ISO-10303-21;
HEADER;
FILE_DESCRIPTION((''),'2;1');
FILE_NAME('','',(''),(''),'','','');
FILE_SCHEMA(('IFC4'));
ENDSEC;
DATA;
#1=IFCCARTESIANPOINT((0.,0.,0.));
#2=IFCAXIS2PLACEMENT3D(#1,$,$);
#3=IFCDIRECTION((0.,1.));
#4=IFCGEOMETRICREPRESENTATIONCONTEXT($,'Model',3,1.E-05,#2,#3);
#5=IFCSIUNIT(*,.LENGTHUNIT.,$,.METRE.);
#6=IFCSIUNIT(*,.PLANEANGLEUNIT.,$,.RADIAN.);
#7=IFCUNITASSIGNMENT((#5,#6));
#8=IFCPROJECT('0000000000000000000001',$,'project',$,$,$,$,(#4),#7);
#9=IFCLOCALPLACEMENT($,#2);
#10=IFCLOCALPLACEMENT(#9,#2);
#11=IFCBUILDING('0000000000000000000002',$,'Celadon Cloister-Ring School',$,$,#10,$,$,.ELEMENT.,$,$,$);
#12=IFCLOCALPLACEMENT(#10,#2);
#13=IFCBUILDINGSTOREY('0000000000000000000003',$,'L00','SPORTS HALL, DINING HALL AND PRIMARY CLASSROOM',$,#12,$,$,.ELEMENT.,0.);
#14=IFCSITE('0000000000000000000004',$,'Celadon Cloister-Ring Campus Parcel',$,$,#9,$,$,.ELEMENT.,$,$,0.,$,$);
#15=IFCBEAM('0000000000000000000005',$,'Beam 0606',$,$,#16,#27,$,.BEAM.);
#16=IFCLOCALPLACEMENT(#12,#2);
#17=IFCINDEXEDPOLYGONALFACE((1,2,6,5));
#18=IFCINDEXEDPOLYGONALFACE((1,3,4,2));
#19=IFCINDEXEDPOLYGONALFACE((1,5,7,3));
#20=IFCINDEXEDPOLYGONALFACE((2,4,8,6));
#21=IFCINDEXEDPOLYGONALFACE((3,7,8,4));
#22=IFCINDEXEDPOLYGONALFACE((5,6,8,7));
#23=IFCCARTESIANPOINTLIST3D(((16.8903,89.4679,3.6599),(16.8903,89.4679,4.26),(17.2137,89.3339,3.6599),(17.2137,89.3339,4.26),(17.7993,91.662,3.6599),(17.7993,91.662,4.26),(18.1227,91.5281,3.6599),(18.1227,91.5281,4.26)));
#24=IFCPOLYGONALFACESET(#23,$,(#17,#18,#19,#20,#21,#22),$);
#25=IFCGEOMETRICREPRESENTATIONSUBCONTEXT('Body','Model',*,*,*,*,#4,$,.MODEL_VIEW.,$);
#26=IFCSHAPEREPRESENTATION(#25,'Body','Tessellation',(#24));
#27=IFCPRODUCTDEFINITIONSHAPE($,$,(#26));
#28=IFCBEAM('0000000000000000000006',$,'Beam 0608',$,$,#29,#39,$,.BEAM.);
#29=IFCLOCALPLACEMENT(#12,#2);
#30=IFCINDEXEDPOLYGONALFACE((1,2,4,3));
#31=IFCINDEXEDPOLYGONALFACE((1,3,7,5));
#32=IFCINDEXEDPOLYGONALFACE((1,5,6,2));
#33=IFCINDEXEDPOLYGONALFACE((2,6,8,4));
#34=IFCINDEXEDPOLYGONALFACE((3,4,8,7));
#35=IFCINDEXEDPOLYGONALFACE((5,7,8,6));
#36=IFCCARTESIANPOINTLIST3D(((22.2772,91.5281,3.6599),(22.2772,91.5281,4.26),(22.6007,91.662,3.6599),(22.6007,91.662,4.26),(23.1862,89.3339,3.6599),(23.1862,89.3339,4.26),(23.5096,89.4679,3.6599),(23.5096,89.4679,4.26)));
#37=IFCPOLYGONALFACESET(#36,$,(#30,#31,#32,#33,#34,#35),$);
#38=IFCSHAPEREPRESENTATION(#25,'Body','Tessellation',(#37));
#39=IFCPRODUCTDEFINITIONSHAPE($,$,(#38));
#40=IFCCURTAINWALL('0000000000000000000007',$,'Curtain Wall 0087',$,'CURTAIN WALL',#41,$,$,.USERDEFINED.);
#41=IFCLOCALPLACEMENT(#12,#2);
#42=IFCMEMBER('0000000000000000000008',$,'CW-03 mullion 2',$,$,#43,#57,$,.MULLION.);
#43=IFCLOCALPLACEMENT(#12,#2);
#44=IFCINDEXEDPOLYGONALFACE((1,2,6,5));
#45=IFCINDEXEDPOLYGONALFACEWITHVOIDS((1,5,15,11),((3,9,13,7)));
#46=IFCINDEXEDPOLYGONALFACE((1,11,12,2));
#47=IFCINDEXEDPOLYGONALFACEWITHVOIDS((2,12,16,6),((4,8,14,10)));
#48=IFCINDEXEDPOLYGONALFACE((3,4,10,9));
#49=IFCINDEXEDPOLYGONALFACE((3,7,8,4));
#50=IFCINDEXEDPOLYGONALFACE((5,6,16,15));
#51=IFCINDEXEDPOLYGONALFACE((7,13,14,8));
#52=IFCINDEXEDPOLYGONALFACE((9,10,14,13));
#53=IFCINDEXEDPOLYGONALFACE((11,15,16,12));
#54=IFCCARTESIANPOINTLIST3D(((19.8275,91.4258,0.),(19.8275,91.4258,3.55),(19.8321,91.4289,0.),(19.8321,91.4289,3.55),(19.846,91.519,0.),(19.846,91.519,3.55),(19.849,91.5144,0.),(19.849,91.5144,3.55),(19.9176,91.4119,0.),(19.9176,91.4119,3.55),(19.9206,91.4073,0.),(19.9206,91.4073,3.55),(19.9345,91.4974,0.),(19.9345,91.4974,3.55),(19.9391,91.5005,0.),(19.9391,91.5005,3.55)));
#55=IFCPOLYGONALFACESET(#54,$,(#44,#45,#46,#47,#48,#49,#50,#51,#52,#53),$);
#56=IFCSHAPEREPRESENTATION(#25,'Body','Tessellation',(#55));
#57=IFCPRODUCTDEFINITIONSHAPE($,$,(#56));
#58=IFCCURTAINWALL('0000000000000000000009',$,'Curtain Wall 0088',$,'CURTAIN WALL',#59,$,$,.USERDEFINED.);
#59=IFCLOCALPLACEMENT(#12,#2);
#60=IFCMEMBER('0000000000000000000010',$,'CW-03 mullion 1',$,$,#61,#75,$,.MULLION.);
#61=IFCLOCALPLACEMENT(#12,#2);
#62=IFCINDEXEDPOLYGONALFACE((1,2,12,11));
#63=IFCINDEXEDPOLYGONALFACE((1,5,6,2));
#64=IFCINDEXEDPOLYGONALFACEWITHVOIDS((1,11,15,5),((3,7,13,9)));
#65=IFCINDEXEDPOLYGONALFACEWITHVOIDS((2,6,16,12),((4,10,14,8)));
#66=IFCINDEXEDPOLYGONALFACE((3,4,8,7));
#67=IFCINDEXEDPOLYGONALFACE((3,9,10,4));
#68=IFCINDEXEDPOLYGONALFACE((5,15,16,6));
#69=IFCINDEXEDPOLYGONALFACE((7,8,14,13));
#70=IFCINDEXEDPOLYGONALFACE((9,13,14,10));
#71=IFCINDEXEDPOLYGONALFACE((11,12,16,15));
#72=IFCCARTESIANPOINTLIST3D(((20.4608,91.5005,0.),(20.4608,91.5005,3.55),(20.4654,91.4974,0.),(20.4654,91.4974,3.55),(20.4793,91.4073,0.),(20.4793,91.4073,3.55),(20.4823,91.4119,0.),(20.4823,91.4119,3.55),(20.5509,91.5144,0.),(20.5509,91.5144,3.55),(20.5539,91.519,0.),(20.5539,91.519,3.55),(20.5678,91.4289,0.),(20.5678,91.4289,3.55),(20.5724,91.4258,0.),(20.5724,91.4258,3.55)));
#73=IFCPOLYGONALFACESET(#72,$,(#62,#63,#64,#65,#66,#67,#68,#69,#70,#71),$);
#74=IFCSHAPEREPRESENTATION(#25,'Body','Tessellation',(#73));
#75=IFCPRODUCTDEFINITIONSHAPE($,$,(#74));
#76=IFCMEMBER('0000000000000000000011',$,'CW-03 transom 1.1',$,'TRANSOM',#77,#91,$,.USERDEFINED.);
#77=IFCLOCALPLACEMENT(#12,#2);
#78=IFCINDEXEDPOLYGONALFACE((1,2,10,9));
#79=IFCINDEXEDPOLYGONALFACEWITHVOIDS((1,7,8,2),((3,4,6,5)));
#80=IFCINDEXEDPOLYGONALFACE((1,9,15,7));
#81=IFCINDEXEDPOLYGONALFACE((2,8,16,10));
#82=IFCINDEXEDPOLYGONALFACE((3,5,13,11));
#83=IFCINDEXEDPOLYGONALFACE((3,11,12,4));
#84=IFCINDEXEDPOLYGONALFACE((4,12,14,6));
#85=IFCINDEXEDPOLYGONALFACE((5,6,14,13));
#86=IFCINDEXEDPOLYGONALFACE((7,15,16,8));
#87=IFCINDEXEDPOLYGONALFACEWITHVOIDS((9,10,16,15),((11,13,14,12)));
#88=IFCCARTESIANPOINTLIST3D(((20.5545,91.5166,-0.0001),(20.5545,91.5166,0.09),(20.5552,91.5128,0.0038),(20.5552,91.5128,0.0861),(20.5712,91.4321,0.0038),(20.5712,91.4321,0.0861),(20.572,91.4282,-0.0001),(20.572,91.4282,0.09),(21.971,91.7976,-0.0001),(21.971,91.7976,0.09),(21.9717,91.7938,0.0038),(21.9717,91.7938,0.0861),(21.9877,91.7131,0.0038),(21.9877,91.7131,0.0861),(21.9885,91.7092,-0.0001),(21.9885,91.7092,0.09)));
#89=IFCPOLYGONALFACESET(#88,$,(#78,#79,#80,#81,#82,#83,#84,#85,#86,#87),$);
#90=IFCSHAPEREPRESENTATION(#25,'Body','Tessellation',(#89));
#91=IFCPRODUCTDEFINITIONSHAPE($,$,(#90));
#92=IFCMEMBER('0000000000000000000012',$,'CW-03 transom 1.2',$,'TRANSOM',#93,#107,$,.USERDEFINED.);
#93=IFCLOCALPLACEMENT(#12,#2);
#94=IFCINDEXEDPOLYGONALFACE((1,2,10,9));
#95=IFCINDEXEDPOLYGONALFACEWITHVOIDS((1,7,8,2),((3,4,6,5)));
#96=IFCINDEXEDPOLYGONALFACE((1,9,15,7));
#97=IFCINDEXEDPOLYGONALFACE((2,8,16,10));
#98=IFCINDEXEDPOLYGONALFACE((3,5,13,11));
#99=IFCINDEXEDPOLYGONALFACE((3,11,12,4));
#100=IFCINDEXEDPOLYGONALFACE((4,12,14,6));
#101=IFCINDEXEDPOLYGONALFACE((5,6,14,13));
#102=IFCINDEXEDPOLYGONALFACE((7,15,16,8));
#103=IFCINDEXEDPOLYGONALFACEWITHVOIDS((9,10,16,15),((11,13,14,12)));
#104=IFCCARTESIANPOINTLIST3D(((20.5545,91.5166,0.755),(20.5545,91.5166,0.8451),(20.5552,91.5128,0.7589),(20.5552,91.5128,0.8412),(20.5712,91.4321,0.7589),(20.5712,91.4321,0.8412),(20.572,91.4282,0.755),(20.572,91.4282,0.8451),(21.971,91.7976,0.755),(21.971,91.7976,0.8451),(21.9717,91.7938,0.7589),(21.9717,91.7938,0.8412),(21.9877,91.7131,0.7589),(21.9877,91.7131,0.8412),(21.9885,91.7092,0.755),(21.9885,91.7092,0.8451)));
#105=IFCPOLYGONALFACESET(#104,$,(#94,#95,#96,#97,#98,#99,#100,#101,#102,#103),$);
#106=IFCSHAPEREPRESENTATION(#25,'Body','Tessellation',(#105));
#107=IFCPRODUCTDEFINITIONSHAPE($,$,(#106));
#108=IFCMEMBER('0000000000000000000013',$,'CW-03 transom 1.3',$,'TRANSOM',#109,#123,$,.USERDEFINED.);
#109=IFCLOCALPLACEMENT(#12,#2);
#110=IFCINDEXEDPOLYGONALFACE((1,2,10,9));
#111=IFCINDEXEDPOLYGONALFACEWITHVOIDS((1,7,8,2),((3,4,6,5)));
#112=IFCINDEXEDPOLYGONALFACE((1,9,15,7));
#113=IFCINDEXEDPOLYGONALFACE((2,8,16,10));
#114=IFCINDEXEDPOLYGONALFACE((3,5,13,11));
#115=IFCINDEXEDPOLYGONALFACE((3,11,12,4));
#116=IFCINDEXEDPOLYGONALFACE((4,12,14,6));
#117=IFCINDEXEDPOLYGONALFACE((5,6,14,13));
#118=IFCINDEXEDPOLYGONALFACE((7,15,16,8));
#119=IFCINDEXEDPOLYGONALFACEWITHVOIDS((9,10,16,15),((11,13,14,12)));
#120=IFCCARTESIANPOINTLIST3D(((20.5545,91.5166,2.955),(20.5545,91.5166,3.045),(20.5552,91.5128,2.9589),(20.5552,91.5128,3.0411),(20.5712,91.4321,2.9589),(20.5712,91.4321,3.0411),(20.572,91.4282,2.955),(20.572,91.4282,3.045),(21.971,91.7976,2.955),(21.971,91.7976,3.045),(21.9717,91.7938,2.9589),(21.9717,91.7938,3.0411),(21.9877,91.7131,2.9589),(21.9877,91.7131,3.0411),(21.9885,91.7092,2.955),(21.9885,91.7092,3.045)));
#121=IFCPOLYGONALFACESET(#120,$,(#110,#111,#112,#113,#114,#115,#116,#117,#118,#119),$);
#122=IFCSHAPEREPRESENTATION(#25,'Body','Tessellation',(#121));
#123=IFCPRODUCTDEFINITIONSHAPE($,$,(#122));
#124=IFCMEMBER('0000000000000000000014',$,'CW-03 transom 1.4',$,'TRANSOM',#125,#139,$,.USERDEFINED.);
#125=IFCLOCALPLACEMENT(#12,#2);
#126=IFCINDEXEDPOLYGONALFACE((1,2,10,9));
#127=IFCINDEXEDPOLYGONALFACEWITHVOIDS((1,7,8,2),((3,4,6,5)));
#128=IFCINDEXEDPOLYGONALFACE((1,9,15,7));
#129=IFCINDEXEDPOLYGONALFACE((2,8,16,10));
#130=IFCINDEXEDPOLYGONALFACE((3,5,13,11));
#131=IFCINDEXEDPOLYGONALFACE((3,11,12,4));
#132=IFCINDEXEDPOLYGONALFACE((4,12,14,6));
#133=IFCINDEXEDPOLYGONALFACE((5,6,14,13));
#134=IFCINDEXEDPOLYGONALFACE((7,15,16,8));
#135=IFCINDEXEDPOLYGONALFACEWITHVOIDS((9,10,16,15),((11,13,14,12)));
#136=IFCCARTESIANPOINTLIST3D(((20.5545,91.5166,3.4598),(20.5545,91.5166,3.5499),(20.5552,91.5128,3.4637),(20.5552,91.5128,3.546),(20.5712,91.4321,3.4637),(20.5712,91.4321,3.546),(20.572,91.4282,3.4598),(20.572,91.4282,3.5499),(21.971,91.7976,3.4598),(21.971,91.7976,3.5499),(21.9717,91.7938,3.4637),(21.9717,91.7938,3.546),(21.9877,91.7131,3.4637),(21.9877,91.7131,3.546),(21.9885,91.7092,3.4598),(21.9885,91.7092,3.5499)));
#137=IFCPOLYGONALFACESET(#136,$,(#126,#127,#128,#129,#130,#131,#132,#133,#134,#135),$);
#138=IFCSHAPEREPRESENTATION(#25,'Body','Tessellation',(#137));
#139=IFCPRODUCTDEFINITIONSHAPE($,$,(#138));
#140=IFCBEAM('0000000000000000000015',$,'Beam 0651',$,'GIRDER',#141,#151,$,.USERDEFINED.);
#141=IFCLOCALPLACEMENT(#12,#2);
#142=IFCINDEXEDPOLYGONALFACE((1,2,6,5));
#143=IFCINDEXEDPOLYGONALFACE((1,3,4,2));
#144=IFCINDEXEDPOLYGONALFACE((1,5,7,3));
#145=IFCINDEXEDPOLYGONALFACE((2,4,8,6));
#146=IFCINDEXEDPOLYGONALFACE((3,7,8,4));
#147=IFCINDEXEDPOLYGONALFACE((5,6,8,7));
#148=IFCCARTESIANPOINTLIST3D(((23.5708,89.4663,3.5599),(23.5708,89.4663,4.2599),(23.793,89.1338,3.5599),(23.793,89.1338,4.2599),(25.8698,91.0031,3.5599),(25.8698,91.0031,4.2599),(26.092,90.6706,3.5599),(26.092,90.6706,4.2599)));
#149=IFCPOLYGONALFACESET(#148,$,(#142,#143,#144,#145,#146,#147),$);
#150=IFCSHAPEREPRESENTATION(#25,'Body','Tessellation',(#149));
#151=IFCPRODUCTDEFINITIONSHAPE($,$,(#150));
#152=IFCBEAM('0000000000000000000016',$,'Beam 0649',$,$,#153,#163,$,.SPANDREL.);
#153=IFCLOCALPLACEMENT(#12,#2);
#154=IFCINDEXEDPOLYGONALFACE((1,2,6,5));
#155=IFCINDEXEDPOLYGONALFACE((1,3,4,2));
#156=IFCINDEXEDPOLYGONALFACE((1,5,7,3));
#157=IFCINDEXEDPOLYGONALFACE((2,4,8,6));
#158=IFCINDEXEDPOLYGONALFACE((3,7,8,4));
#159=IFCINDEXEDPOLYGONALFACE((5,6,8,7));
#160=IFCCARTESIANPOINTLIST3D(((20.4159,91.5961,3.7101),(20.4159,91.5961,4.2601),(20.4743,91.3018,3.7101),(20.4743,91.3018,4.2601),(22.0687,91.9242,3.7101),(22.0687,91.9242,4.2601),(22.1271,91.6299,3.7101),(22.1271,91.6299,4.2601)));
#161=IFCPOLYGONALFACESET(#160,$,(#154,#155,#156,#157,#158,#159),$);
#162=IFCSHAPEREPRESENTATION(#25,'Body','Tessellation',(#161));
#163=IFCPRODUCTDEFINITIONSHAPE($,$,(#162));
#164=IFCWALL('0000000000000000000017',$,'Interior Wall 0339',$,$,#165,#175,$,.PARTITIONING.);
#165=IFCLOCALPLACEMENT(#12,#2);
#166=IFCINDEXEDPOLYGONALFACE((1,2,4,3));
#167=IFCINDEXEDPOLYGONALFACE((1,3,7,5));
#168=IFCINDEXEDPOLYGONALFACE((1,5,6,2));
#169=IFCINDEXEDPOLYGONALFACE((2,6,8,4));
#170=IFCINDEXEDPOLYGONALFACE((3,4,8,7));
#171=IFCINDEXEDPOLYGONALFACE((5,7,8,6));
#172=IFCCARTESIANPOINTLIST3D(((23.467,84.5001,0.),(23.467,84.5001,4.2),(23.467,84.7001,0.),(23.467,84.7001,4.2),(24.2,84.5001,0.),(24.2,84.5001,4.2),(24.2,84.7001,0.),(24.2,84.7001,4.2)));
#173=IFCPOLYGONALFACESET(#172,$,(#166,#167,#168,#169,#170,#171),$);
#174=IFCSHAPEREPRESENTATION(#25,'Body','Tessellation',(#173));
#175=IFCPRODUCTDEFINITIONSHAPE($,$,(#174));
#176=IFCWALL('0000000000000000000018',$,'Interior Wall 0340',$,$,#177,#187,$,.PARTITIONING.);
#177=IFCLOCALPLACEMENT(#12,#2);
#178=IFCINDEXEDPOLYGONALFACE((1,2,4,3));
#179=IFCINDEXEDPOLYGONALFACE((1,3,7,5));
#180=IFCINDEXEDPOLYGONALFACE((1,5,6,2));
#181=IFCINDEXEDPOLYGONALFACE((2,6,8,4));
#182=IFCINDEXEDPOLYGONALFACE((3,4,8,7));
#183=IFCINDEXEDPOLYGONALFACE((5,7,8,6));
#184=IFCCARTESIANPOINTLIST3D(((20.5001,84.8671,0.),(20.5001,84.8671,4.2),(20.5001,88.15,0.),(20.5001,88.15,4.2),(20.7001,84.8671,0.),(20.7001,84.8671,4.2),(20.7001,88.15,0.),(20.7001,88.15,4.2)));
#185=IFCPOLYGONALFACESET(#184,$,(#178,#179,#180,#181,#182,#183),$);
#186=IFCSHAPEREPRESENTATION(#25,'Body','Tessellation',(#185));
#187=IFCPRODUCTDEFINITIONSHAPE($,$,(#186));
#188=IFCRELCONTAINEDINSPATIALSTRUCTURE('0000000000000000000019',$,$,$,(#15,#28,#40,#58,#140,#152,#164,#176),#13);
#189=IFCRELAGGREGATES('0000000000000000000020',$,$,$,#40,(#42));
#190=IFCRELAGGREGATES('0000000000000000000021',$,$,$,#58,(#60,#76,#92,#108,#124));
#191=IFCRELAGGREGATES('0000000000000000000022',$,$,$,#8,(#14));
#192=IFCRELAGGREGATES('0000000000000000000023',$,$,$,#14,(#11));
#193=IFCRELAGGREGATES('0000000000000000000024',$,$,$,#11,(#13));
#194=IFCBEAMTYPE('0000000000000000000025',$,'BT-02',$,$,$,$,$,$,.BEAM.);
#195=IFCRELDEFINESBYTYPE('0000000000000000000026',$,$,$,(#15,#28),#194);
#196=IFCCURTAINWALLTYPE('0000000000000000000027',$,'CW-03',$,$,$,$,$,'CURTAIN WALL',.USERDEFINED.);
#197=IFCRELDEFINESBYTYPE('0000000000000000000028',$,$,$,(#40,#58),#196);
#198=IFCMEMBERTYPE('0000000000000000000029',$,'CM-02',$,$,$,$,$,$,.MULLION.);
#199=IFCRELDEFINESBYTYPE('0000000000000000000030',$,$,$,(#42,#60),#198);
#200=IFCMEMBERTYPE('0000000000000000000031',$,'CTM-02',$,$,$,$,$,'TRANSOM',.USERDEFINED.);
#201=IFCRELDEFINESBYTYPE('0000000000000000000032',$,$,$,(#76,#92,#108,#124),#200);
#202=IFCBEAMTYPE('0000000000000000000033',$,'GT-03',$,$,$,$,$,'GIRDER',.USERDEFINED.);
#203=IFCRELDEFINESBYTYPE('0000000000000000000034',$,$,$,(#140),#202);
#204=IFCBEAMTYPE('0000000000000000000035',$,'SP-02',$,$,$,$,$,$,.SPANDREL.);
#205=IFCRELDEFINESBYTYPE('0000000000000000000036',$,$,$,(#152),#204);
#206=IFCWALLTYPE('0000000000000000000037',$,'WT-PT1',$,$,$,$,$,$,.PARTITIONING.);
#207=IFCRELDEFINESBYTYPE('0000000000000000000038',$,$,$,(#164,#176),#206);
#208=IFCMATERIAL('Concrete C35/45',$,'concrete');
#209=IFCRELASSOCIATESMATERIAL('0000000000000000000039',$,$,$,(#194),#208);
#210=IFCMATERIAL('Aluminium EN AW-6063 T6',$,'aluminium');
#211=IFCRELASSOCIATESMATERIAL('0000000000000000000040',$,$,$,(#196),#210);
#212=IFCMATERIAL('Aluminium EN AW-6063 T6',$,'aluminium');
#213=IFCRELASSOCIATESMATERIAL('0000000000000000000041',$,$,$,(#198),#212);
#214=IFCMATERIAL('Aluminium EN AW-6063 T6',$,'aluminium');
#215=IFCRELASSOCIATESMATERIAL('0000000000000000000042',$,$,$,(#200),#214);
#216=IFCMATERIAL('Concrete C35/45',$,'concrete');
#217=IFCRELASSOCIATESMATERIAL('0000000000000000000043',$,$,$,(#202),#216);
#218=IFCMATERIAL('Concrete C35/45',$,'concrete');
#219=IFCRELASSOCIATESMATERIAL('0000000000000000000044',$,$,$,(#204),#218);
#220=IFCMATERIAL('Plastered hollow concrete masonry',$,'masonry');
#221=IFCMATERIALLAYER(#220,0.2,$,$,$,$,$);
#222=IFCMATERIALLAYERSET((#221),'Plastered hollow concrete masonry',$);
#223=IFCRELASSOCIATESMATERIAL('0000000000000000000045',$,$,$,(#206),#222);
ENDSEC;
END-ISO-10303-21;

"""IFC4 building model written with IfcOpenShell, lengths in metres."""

from ifc_helpers import new_model, si_unit, direction, frame, frame_2d, origin, origin_2d, place, context, subcontext, project, spatial, rectangle, hollow_rectangle, extrude, material, layer, layer_set, material_profile, profile_set, type_object, element, aggregate, save


model = new_model("IFC4")

# Units and contexts
model_context = context("Model", 3, precision=1e-05, world=origin(), true_north=direction((0.0, 1.0)))
body_context = subcontext(model_context, "Body", "Model", "MODEL_VIEW")
ifc_project = project(units=[si_unit("LENGTHUNIT", "METRE"), si_unit("PLANEANGLEUNIT", "RADIAN")], contexts=[model_context])

# Site, building, storey
site_placement = place(None, origin())
site = spatial("IfcSite", under=ifc_project, at=site_placement, Name="Celadon Cloister-Ring Campus Parcel", CompositionType="ELEMENT", RefElevation=0.0)
building_placement = place(site_placement, origin())
building = spatial("IfcBuilding", under=site, at=building_placement, Name="Celadon Cloister-Ring School", CompositionType="ELEMENT")
storey_placement = place(building_placement, origin())
storey = spatial("IfcBuildingStorey", under=building, at=storey_placement, Name="L00", Description="SPORTS HALL, DINING HALL AND PRIMARY CLASSROOM", CompositionType="ELEMENT", Elevation=0.0)

# Beams
ifc_material_1 = material(Name="Concrete C35/45", Category="concrete")
ifc_material_profile_1 = material_profile(ifc_material_1, rectangle(XDim=0.3501, YDim=0.6001, at=origin_2d()), Name="RC350X600")
ifc_profile_set_1 = profile_set([ifc_material_profile_1], Name="Concrete C35/45")
beam_type_1 = type_object("IfcBeamType", Name="BT-02", PredefinedType="BEAM", material=ifc_profile_set_1)
for number, where, z_axis, x_axis, name in (
    (1, (17.052, 89.4009, 3.96), (0.382724, 0.923863, 0.0), (-0.923863, 0.382724, 0.0), "Beam 0606"),
    (2, (23.3479, 89.4009, 3.96), (-0.382724, 0.923863, 0.0), (-0.923863, -0.382724, 0.0), "Beam 0608"),
):
    element("IfcBeam", number, at=place(storey_placement, frame(where, z_axis=z_axis, x_axis=x_axis)), inside=storey, type_object=beam_type_1, Name=name, PredefinedType="BEAM", context=body_context, shape_type="SweptSolid", body=[
        extrude(rectangle(XDim=0.3501, YDim=0.6001, at=origin_2d()), origin(), (0.0, 0.0, 1.0), 2.375),
    ])

# Curtain wall, member
ifc_material_2 = material(Name="Aluminium EN AW-6063 T6", Category="aluminium")
curtain_wall_type = type_object("IfcCurtainWallType", Name="CW-03", ElementType="CURTAIN WALL", PredefinedType="USERDEFINED", material=ifc_material_2)
curtain_wall_1_placement = place(storey_placement, origin())
curtain_wall_1 = element("IfcCurtainWall", 3, at=curtain_wall_1_placement, inside=storey, type_object=curtain_wall_type, Name="Curtain Wall 0087", ObjectType="CURTAIN WALL", PredefinedType="USERDEFINED")
ifc_material_3 = material(Name="Aluminium EN AW-6063 T6", Category="aluminium")
ifc_material_profile_2 = material_profile(ifc_material_3, hollow_rectangle(XDim=0.095, YDim=0.095, WallThickness=0.0039, at=origin_2d()), Name="RHS95X95X4")
ifc_profile_set_2 = profile_set([ifc_material_profile_2], Name="Aluminium EN AW-6063 T6")
member_type_1 = type_object("IfcMemberType", Name="CM-02", PredefinedType="MULLION", material=ifc_profile_set_2)
member_1_placement = place(storey_placement, frame((19.8833, 91.4631, 0.0), z_axis=(0.0, 0.0, 1.0), x_axis=(0.194586, 0.980885, 0.0)))
member_1 = element("IfcMember", 4, at=member_1_placement, type_object=member_type_1, Name="CW-03 mullion 2", PredefinedType="MULLION", context=body_context, shape_type="SweptSolid", body=[
    extrude(hollow_rectangle(XDim=0.095, YDim=0.095, WallThickness=0.0039, at=origin_2d()), origin(), (0.0, 0.0, 1.0), 3.55),
])
aggregate(curtain_wall_1, [member_1])

# Curtain wall, members
curtain_wall_2_placement = place(storey_placement, origin())
curtain_wall_2 = element("IfcCurtainWall", 5, at=curtain_wall_2_placement, inside=storey, type_object=curtain_wall_type, Name="Curtain Wall 0088", ObjectType="CURTAIN WALL", PredefinedType="USERDEFINED")
member_2_placement = place(storey_placement, frame((20.5166, 91.4631, 0.0), z_axis=(0.0, 0.0, 1.0), x_axis=(-0.194586, 0.980885, 0.0)))
member_2 = element("IfcMember", 6, at=member_2_placement, type_object=member_type_1, Name="CW-03 mullion 1", PredefinedType="MULLION", context=body_context, shape_type="SweptSolid", body=[
    extrude(hollow_rectangle(XDim=0.095, YDim=0.095, WallThickness=0.0039, at=origin_2d()), origin(), (0.0, 0.0, 1.0), 3.55),
])
ifc_material_4 = material(Name="Aluminium EN AW-6063 T6", Category="aluminium")
ifc_material_profile_3 = material_profile(ifc_material_4, hollow_rectangle(XDim=0.0901, YDim=0.0901, WallThickness=0.0039, at=origin_2d()), Name="RHS90X90X4")
ifc_profile_set_3 = profile_set([ifc_material_profile_3], Name="Aluminium EN AW-6063 T6")
member_type_2 = type_object("IfcMemberType", Name="CTM-02", ElementType="TRANSOM", PredefinedType="USERDEFINED", material=ifc_profile_set_3)
member_3_placement = place(storey_placement, frame((20.5632, 91.4724, 0.0449), z_axis=(0.980885, 0.194588, 0.0), x_axis=(-0.194588, 0.980885, 0.0)))
member_3 = element("IfcMember", 7, at=member_3_placement, type_object=member_type_2, Name="CW-03 transom 1.1", ObjectType="TRANSOM", PredefinedType="USERDEFINED", context=body_context, shape_type="SweptSolid", body=[
    extrude(hollow_rectangle(XDim=0.0901, YDim=0.0901, WallThickness=0.0039, at=origin_2d()), origin(), (0.0, 0.0, 1.0), 1.4441),
])
member_4_placement = place(storey_placement, frame((20.5632, 91.4724, 0.8), z_axis=(0.980885, 0.194588, 0.0), x_axis=(-0.194588, 0.980885, 0.0)))
member_4 = element("IfcMember", 8, at=member_4_placement, type_object=member_type_2, Name="CW-03 transom 1.2", ObjectType="TRANSOM", PredefinedType="USERDEFINED", context=body_context, shape_type="SweptSolid", body=[
    extrude(hollow_rectangle(XDim=0.0901, YDim=0.0901, WallThickness=0.0039, at=origin_2d()), origin(), (0.0, 0.0, 1.0), 1.4441),
])
member_5_placement = place(storey_placement, frame((20.5632, 91.4724, 3.0), z_axis=(0.980885, 0.194588, 0.0), x_axis=(-0.194588, 0.980885, 0.0)))
member_5 = element("IfcMember", 9, at=member_5_placement, type_object=member_type_2, Name="CW-03 transom 1.3", ObjectType="TRANSOM", PredefinedType="USERDEFINED", context=body_context, shape_type="SweptSolid", body=[
    extrude(hollow_rectangle(XDim=0.0901, YDim=0.0901, WallThickness=0.0039, at=origin_2d()), origin(), (0.0, 0.0, 1.0), 1.4441),
])
member_6_placement = place(storey_placement, frame((20.5632, 91.4724, 3.5049), z_axis=(0.980885, 0.194588, 0.0), x_axis=(-0.194588, 0.980885, 0.0)))
member_6 = element("IfcMember", 10, at=member_6_placement, type_object=member_type_2, Name="CW-03 transom 1.4", ObjectType="TRANSOM", PredefinedType="USERDEFINED", context=body_context, shape_type="SweptSolid", body=[
    extrude(hollow_rectangle(XDim=0.0901, YDim=0.0901, WallThickness=0.0039, at=origin_2d()), origin(), (0.0, 0.0, 1.0), 1.4441),
])
aggregate(curtain_wall_2, [member_2, member_3, member_4, member_5, member_6])

# Beams
ifc_material_5 = material(Name="Concrete C35/45", Category="concrete")
ifc_material_profile_4 = material_profile(ifc_material_5, rectangle(XDim=0.3999, YDim=0.7, at=origin_2d()), Name="RC400X700")
ifc_profile_set_4 = profile_set([ifc_material_profile_4], Name="Concrete C35/45")
beam_type_2 = type_object("IfcBeamType", Name="GT-03", ElementType="GIRDER", PredefinedType="USERDEFINED", material=ifc_profile_set_4)
beam_1_placement = place(storey_placement, frame((23.6819, 89.3, 3.9099), z_axis=(0.831357, 0.555739, 0.0), x_axis=(-0.555739, 0.831357, 0.0)))
element("IfcBeam", 11, at=beam_1_placement, inside=storey, type_object=beam_type_2, Name="Beam 0651", ObjectType="GIRDER", PredefinedType="USERDEFINED", context=body_context, shape_type="SweptSolid", body=[
    extrude(rectangle(XDim=0.3999, YDim=0.7, at=origin_2d()), origin(), (0.0, 0.0, 1.0), 2.7654),
])
ifc_material_6 = material(Name="Concrete C35/45", Category="concrete")
ifc_material_profile_5 = material_profile(ifc_material_6, rectangle(XDim=0.3, YDim=0.55, at=origin_2d()), Name="RC300X550")
ifc_profile_set_5 = profile_set([ifc_material_profile_5], Name="Concrete C35/45")
beam_type_3 = type_object("IfcBeamType", Name="SP-02", PredefinedType="SPANDREL", material=ifc_profile_set_5)
beam_2_placement = place(storey_placement, frame((20.4451, 91.449, 3.9851), z_axis=(0.980858, 0.194723, 0.0), x_axis=(-0.194723, 0.980858, 0.0)))
element("IfcBeam", 12, at=beam_2_placement, inside=storey, type_object=beam_type_3, Name="Beam 0649", PredefinedType="SPANDREL", context=body_context, shape_type="SweptSolid", body=[
    extrude(rectangle(XDim=0.3, YDim=0.55, at=origin_2d()), origin(), (0.0, 0.0, 1.0), 1.6851),
])

# Walls
ifc_material_7 = material(Name="Plastered hollow concrete masonry", Category="masonry")
ifc_layer_1 = layer(ifc_material_7, 0.2)
ifc_layer_set_1 = layer_set([ifc_layer_1], Name="Plastered hollow concrete masonry")
wall_type_1 = type_object("IfcWallType", Name="WT-PT1", PredefinedType="PARTITIONING", material=ifc_layer_set_1)
wall_1_placement = place(storey_placement, frame((23.467, 84.6001, 0.0), z_axis=(0.0, 0.0, 1.0), x_axis=(1.0, 0.0, 0.0)))
element("IfcWall", 13, at=wall_1_placement, inside=storey, type_object=wall_type_1, Name="Interior Wall 0339", PredefinedType="PARTITIONING", context=body_context, shape_type="SweptSolid", body=[
    extrude(rectangle(XDim=0.7329, YDim=0.2, at=frame_2d((0.3665, 0.0))), origin(), (0.0, 0.0, 1.0), 4.2),
])
wall_2_placement = place(storey_placement, frame((20.6001, 84.8669, 0.0), z_axis=(0.0, 0.0, 1.0), x_axis=(0.0, 1.0, 0.0)))
element("IfcWall", 14, at=wall_2_placement, inside=storey, type_object=wall_type_1, Name="Interior Wall 0340", PredefinedType="PARTITIONING", context=body_context, shape_type="SweptSolid", body=[
    extrude(rectangle(XDim=3.283, YDim=0.2, at=frame_2d((1.6416, 0.0))), origin(), (0.0, 0.0, 1.0), 4.2),
])

save(model, "model.ifc")
